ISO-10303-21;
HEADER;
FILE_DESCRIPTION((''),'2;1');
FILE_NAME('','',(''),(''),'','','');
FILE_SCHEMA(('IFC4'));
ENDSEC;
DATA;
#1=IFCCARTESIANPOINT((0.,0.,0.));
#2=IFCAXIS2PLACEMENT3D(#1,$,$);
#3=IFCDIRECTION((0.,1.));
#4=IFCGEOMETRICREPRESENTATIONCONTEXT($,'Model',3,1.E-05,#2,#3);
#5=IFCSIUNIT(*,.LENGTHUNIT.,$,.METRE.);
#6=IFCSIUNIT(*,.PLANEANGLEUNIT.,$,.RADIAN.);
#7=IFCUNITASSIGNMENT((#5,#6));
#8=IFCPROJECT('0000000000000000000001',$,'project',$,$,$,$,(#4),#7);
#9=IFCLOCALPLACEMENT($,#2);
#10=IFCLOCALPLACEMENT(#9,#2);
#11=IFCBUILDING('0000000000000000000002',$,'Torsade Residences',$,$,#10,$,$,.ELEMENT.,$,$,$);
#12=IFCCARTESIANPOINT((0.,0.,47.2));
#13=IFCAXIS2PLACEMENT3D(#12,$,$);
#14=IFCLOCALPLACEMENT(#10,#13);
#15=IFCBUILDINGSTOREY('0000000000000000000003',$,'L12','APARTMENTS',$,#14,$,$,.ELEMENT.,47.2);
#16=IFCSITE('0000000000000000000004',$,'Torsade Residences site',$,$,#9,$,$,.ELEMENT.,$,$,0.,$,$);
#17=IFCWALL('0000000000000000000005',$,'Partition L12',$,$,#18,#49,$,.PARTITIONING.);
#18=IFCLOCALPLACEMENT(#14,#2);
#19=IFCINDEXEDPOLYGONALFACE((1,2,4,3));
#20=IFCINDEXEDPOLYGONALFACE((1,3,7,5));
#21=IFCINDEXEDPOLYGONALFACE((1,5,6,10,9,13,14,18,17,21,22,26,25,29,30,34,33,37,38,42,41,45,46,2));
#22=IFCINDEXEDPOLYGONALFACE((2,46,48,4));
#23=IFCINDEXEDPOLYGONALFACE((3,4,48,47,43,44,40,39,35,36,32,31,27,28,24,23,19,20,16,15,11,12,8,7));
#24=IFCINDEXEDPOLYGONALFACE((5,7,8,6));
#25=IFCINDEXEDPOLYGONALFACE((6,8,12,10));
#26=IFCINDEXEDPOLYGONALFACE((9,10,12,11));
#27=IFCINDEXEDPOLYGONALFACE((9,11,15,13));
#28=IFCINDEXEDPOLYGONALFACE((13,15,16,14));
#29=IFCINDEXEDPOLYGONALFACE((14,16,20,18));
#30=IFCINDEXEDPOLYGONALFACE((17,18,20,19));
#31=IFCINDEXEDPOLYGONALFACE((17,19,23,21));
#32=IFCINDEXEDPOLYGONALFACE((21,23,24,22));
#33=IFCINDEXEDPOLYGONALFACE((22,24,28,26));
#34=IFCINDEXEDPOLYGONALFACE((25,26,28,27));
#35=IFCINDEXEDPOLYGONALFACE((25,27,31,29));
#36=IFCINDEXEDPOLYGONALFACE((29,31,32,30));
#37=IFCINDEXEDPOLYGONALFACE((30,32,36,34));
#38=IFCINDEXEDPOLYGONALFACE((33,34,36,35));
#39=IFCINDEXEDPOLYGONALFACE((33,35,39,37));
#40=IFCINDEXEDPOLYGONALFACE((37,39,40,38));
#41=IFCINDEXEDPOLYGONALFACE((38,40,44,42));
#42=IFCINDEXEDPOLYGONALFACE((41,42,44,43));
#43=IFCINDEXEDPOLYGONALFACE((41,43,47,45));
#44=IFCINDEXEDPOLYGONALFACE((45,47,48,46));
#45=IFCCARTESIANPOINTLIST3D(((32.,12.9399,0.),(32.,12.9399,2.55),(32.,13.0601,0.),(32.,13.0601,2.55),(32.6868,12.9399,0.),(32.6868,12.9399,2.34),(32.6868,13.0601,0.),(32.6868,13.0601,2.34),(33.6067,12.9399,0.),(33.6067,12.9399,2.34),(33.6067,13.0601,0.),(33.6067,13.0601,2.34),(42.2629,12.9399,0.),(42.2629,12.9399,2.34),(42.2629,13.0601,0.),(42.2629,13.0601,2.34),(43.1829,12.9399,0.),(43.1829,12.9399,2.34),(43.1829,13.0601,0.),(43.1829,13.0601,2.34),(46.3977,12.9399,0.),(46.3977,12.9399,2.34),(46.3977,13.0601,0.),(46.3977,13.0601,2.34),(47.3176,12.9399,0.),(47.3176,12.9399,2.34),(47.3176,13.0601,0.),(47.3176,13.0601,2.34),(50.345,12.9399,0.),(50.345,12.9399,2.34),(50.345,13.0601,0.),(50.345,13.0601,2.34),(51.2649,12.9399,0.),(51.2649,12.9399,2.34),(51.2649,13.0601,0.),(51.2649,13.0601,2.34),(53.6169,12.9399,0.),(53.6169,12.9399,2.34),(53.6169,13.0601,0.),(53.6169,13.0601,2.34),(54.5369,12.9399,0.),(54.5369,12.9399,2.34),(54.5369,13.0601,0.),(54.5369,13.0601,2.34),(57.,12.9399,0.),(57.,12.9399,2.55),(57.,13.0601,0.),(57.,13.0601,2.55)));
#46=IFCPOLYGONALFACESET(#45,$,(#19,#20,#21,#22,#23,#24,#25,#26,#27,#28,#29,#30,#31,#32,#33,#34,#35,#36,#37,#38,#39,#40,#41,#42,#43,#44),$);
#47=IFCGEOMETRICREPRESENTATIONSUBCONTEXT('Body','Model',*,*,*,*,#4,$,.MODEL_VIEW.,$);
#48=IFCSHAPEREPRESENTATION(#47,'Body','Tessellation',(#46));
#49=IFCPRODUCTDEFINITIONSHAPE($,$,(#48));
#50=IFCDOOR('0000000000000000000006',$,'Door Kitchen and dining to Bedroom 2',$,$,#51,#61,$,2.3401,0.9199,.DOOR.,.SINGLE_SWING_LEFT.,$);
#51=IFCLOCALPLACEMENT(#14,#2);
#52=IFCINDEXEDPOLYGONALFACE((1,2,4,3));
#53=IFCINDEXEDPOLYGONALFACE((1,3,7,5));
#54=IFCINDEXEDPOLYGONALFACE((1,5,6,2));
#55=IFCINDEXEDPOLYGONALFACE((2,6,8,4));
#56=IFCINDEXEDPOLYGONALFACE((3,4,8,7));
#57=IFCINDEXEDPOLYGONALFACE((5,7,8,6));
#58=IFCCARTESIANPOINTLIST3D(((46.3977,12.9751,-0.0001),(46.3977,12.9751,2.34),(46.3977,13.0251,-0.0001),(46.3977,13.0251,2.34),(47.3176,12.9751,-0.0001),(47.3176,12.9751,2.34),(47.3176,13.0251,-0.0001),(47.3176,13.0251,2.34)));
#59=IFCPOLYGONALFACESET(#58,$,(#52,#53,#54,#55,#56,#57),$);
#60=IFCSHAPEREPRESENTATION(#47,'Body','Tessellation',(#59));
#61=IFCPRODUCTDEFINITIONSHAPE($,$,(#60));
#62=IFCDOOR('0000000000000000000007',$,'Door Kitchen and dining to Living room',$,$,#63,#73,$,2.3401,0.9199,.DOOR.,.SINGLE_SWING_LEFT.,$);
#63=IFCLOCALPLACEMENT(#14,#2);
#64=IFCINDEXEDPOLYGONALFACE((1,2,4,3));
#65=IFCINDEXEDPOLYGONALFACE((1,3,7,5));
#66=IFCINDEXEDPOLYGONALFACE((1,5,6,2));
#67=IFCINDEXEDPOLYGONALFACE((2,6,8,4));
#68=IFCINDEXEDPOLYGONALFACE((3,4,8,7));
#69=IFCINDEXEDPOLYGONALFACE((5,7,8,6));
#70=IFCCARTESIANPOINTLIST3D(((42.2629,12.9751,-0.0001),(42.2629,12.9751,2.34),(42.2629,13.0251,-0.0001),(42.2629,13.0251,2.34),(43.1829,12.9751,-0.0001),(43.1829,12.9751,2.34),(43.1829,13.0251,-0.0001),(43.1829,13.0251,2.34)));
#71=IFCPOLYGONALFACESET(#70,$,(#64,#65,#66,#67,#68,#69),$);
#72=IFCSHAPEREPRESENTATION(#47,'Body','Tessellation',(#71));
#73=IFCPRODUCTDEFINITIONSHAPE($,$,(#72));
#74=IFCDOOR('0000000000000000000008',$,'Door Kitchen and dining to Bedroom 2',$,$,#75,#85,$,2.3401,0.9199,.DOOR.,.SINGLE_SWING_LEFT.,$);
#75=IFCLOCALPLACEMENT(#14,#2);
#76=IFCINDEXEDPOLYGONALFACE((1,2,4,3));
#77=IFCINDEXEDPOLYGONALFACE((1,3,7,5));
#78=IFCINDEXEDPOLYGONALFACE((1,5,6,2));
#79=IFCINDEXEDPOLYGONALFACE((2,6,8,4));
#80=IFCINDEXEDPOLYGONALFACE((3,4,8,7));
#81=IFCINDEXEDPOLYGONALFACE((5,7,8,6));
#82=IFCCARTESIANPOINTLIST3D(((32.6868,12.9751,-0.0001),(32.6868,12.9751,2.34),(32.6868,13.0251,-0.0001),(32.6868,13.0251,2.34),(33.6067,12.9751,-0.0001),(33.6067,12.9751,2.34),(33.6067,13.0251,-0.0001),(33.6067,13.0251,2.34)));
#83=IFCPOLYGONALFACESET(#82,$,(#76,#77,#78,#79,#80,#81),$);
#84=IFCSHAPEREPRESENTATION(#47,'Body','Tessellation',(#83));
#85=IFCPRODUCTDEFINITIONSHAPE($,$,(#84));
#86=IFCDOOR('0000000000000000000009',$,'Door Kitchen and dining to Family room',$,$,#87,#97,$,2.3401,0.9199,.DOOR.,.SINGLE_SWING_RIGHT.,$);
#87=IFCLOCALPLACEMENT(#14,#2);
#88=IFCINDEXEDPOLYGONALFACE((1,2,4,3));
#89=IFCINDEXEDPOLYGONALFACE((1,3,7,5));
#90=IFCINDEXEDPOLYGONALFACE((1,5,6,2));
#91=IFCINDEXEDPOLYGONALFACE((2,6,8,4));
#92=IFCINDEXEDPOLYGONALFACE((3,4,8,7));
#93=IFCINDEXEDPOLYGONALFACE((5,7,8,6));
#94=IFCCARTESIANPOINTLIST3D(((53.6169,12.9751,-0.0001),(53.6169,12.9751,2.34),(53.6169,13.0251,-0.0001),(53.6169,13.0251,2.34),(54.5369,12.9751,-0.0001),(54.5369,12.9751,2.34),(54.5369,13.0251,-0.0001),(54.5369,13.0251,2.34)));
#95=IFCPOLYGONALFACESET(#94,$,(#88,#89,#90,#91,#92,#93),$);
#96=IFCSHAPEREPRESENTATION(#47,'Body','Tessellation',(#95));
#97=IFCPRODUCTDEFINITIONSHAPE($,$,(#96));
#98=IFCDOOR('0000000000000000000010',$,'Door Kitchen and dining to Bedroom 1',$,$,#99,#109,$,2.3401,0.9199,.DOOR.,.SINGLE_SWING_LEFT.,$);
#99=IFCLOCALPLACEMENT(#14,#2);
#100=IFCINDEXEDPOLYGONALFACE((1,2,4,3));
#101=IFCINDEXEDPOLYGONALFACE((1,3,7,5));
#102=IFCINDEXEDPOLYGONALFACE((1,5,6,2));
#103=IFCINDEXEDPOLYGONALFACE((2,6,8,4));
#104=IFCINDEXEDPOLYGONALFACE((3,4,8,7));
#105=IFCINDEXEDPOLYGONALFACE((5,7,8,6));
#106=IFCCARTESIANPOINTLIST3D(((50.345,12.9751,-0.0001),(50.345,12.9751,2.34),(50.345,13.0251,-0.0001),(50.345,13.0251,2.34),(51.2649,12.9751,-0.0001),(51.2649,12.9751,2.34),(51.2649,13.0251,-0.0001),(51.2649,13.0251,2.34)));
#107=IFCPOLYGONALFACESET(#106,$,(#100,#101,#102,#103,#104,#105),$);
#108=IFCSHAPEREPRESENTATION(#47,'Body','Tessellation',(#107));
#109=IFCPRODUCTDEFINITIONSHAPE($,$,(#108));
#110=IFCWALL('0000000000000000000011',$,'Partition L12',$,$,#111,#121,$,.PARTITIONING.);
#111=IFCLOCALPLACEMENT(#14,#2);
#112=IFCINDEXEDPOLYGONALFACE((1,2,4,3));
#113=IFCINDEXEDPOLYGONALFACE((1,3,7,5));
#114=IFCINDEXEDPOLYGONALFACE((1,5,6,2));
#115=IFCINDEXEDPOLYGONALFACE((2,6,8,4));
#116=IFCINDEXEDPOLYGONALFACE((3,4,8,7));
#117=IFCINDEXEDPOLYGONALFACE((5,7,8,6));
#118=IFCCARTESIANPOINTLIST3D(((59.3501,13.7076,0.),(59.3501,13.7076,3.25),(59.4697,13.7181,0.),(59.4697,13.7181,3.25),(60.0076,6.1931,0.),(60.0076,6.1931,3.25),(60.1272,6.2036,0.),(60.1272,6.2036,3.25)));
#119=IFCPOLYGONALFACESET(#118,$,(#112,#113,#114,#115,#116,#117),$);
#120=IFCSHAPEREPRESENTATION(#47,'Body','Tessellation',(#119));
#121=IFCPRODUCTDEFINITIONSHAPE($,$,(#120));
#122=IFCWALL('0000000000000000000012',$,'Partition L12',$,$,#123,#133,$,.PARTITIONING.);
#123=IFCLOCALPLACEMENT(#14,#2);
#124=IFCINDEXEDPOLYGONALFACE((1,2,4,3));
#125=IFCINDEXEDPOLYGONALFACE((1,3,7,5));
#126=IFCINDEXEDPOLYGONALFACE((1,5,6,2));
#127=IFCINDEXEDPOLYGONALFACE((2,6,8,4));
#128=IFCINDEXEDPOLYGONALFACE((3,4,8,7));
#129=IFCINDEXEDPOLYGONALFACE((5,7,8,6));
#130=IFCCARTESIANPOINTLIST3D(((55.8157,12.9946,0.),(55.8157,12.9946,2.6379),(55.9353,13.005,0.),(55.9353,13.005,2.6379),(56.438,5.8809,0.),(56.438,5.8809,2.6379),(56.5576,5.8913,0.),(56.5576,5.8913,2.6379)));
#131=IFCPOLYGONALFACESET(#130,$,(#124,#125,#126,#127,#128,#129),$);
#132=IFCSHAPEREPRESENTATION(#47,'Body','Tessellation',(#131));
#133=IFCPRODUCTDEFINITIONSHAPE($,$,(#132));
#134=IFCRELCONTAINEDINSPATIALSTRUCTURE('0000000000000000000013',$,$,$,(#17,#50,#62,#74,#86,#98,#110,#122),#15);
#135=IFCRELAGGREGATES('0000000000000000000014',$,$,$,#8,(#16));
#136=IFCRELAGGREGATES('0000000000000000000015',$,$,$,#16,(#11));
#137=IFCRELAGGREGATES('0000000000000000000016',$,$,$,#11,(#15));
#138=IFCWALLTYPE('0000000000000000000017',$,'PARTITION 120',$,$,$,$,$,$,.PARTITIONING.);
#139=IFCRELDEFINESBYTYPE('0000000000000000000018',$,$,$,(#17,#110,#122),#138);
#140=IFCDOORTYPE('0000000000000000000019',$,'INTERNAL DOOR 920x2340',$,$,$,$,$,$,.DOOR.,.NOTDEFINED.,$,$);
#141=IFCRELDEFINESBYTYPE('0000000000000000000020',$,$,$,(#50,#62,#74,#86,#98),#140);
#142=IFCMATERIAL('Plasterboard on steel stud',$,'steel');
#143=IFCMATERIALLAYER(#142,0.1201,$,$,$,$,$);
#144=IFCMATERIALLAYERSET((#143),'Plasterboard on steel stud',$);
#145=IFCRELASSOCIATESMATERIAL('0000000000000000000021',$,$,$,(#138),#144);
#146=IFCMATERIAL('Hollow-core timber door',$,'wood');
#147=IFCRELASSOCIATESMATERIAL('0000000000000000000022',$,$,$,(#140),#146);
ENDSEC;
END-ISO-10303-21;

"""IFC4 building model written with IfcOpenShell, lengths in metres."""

from ifc_helpers import new_model, si_unit, direction, frame, frame_2d, origin, place, context, subcontext, project, spatial, rectangle, extrude, material, layer, layer_set, type_object, element, fill, save


model = new_model("IFC4")

# Units and contexts
model_context = context("Model", 3, precision=1e-05, world=origin(), true_north=direction((0.0, 1.0)))
body_context = subcontext(model_context, "Body", "Model", "MODEL_VIEW")
ifc_project = project(units=[si_unit("LENGTHUNIT", "METRE"), si_unit("PLANEANGLEUNIT", "RADIAN")], contexts=[model_context])

# Site, building, storey
site_placement = place(None, origin())
site = spatial("IfcSite", under=ifc_project, at=site_placement, Name="Torsade Residences site", CompositionType="ELEMENT", RefElevation=0.0)
building_placement = place(site_placement, origin())
building = spatial("IfcBuilding", under=site, at=building_placement, Name="Torsade Residences", CompositionType="ELEMENT")
storey_placement = place(building_placement, frame((0.0, 0.0, 47.2)))
storey = spatial("IfcBuildingStorey", under=building, at=storey_placement, Name="L12", Description="APARTMENTS", CompositionType="ELEMENT", Elevation=47.2)

# Wall, openings, doors
ifc_material_1 = material(Name="Plasterboard on steel stud", Category="steel")
ifc_layer_1 = layer(ifc_material_1, 0.1201)
ifc_layer_set_1 = layer_set([ifc_layer_1], Name="Plasterboard on steel stud")
wall_type = type_object("IfcWallType", Name="PARTITION 120", PredefinedType="PARTITIONING", material=ifc_layer_set_1)
wall_1_placement = place(storey_placement, frame((57.0, 13.0, 0.0), z_axis=(0.0, 0.0, 1.0), x_axis=(-1.0, 0.0, 0.0)))
wall_1 = element("IfcWall", 1, at=wall_1_placement, inside=storey, type_object=wall_type, Name="Partition L12", PredefinedType="PARTITIONING", context=body_context, shape_type="SweptSolid", body=[
    extrude(rectangle(XDim=25.0, YDim=0.1201, at=frame_2d((12.5, 0.0))), origin(), (0.0, 0.0, 1.0), 2.55),
])
opening_1_placement = place(wall_1_placement, frame((9.6824, 0.0, 0.0)))
opening_1 = element("IfcOpeningElement", 2, at=opening_1_placement, cuts=wall_1, PredefinedType="OPENING", context=body_context, shape_type="SweptSolid", body=[
    extrude(rectangle(XDim=0.9199, YDim=2.3401, at=frame_2d((0.46, 1.1699))), frame((0.0, 0.0701, 0.0), z_axis=(0.0, -1.0, 0.0), x_axis=(1.0, 0.0, 0.0)), (0.0, 0.0, 1.0), 0.1401),
])
opening_2_placement = place(wall_1_placement, frame((13.8171, 0.0, 0.0)))
opening_2 = element("IfcOpeningElement", 3, at=opening_2_placement, cuts=wall_1, PredefinedType="OPENING", context=body_context, shape_type="SweptSolid", body=[
    extrude(rectangle(XDim=0.9199, YDim=2.3401, at=frame_2d((0.46, 1.1699))), frame((0.0, 0.0701, 0.0), z_axis=(0.0, -1.0, 0.0), x_axis=(1.0, 0.0, 0.0)), (0.0, 0.0, 1.0), 0.1401),
])
opening_3_placement = place(wall_1_placement, frame((23.3933, 0.0, 0.0)))
opening_3 = element("IfcOpeningElement", 4, at=opening_3_placement, cuts=wall_1, PredefinedType="OPENING", context=body_context, shape_type="SweptSolid", body=[
    extrude(rectangle(XDim=0.9199, YDim=2.3401, at=frame_2d((0.46, 1.1699))), frame((0.0, 0.0701, 0.0), z_axis=(0.0, -1.0, 0.0), x_axis=(1.0, 0.0, 0.0)), (0.0, 0.0, 1.0), 0.1401),
])
opening_4_placement = place(wall_1_placement, frame((2.4631, 0.0, 0.0)))
opening_4 = element("IfcOpeningElement", 5, at=opening_4_placement, cuts=wall_1, PredefinedType="OPENING", context=body_context, shape_type="SweptSolid", body=[
    extrude(rectangle(XDim=0.9199, YDim=2.3401, at=frame_2d((0.46, 1.1699))), frame((0.0, 0.0701, 0.0), z_axis=(0.0, -1.0, 0.0), x_axis=(1.0, 0.0, 0.0)), (0.0, 0.0, 1.0), 0.1401),
])
opening_5_placement = place(wall_1_placement, frame((5.7351, 0.0, 0.0)))
opening_5 = element("IfcOpeningElement", 6, at=opening_5_placement, cuts=wall_1, PredefinedType="OPENING", context=body_context, shape_type="SweptSolid", body=[
    extrude(rectangle(XDim=0.9199, YDim=2.3401, at=frame_2d((0.46, 1.1699))), frame((0.0, 0.0701, 0.0), z_axis=(0.0, -1.0, 0.0), x_axis=(1.0, 0.0, 0.0)), (0.0, 0.0, 1.0), 0.1401),
])
ifc_material_2 = material(Name="Hollow-core timber door", Category="wood")
door_type = type_object("IfcDoorType", Name="INTERNAL DOOR 920x2340", OperationType="NOTDEFINED", PredefinedType="DOOR", material=ifc_material_2)
door_1_placement = place(opening_1_placement, origin())
door_1 = element("IfcDoor", 7, at=door_1_placement, inside=storey, type_object=door_type, Name="Door Kitchen and dining to Bedroom 2", OperationType="SINGLE_SWING_LEFT", OverallHeight=2.3401, OverallWidth=0.9199, PredefinedType="DOOR", context=body_context, shape_type="SweptSolid", body=[
    extrude(rectangle(XDim=0.9199, YDim=2.3401, at=frame_2d((0.46, 1.1699))), frame((0.0, 0.0249, 0.0), z_axis=(0.0, -1.0, 0.0), x_axis=(1.0, 0.0, 0.0)), (0.0, 0.0, 1.0), 0.05),
])
fill(opening_1, door_1)
door_2_placement = place(opening_2_placement, origin())
door_2 = element("IfcDoor", 8, at=door_2_placement, inside=storey, type_object=door_type, Name="Door Kitchen and dining to Living room", OperationType="SINGLE_SWING_LEFT", OverallHeight=2.3401, OverallWidth=0.9199, PredefinedType="DOOR", context=body_context, shape_type="SweptSolid", body=[
    extrude(rectangle(XDim=0.9199, YDim=2.3401, at=frame_2d((0.46, 1.1699))), frame((0.0, 0.0249, 0.0), z_axis=(0.0, -1.0, 0.0), x_axis=(1.0, 0.0, 0.0)), (0.0, 0.0, 1.0), 0.05),
])
fill(opening_2, door_2)
door_3_placement = place(opening_3_placement, origin())
door_3 = element("IfcDoor", 9, at=door_3_placement, inside=storey, type_object=door_type, Name="Door Kitchen and dining to Bedroom 2", OperationType="SINGLE_SWING_LEFT", OverallHeight=2.3401, OverallWidth=0.9199, PredefinedType="DOOR", context=body_context, shape_type="SweptSolid", body=[
    extrude(rectangle(XDim=0.9199, YDim=2.3401, at=frame_2d((0.46, 1.1699))), frame((0.0, 0.0249, 0.0), z_axis=(0.0, -1.0, 0.0), x_axis=(1.0, 0.0, 0.0)), (0.0, 0.0, 1.0), 0.05),
])
fill(opening_3, door_3)
door_4_placement = place(opening_4_placement, origin())
door_4 = element("IfcDoor", 10, at=door_4_placement, inside=storey, type_object=door_type, Name="Door Kitchen and dining to Family room", OperationType="SINGLE_SWING_RIGHT", OverallHeight=2.3401, OverallWidth=0.9199, PredefinedType="DOOR", context=body_context, shape_type="SweptSolid", body=[
    extrude(rectangle(XDim=0.9199, YDim=2.3401, at=frame_2d((0.46, 1.1699))), frame((0.0, 0.0249, 0.0), z_axis=(0.0, -1.0, 0.0), x_axis=(1.0, 0.0, 0.0)), (0.0, 0.0, 1.0), 0.05),
])
fill(opening_4, door_4)
door_5_placement = place(opening_5_placement, origin())
door_5 = element("IfcDoor", 11, at=door_5_placement, inside=storey, type_object=door_type, Name="Door Kitchen and dining to Bedroom 1", OperationType="SINGLE_SWING_LEFT", OverallHeight=2.3401, OverallWidth=0.9199, PredefinedType="DOOR", context=body_context, shape_type="SweptSolid", body=[
    extrude(rectangle(XDim=0.9199, YDim=2.3401, at=frame_2d((0.46, 1.1699))), frame((0.0, 0.0249, 0.0), z_axis=(0.0, -1.0, 0.0), x_axis=(1.0, 0.0, 0.0)), (0.0, 0.0, 1.0), 0.05),
])
fill(opening_5, door_5)

# Walls
wall_2_placement = place(storey_placement, frame((60.0674, 6.1985, 0.0), z_axis=(0.0, 0.0, 1.0), x_axis=(-0.087162, 0.996194, 0.0)))
element("IfcWall", 12, at=wall_2_placement, inside=storey, type_object=wall_type, Name="Partition L12", PredefinedType="PARTITIONING", context=body_context, shape_type="SweptSolid", body=[
    extrude(rectangle(XDim=7.5432, YDim=0.1201, at=frame_2d((3.7715, 0.0))), origin(), (0.0, 0.0, 1.0), 3.25),
])
wall_3_placement = place(storey_placement, frame((56.4978, 5.8862, 0.0), z_axis=(0.0, 0.0, 1.0), x_axis=(-0.087147, 0.996195, 0.0)))
element("IfcWall", 13, at=wall_3_placement, inside=storey, type_object=wall_type, Name="Partition L12", PredefinedType="PARTITIONING", context=body_context, shape_type="SweptSolid", body=[
    extrude(rectangle(XDim=7.1409, YDim=0.1201, at=frame_2d((3.5703, 0.0))), origin(), (0.0, 0.0, 1.0), 2.6379),
])

save(model, "model.ifc")
